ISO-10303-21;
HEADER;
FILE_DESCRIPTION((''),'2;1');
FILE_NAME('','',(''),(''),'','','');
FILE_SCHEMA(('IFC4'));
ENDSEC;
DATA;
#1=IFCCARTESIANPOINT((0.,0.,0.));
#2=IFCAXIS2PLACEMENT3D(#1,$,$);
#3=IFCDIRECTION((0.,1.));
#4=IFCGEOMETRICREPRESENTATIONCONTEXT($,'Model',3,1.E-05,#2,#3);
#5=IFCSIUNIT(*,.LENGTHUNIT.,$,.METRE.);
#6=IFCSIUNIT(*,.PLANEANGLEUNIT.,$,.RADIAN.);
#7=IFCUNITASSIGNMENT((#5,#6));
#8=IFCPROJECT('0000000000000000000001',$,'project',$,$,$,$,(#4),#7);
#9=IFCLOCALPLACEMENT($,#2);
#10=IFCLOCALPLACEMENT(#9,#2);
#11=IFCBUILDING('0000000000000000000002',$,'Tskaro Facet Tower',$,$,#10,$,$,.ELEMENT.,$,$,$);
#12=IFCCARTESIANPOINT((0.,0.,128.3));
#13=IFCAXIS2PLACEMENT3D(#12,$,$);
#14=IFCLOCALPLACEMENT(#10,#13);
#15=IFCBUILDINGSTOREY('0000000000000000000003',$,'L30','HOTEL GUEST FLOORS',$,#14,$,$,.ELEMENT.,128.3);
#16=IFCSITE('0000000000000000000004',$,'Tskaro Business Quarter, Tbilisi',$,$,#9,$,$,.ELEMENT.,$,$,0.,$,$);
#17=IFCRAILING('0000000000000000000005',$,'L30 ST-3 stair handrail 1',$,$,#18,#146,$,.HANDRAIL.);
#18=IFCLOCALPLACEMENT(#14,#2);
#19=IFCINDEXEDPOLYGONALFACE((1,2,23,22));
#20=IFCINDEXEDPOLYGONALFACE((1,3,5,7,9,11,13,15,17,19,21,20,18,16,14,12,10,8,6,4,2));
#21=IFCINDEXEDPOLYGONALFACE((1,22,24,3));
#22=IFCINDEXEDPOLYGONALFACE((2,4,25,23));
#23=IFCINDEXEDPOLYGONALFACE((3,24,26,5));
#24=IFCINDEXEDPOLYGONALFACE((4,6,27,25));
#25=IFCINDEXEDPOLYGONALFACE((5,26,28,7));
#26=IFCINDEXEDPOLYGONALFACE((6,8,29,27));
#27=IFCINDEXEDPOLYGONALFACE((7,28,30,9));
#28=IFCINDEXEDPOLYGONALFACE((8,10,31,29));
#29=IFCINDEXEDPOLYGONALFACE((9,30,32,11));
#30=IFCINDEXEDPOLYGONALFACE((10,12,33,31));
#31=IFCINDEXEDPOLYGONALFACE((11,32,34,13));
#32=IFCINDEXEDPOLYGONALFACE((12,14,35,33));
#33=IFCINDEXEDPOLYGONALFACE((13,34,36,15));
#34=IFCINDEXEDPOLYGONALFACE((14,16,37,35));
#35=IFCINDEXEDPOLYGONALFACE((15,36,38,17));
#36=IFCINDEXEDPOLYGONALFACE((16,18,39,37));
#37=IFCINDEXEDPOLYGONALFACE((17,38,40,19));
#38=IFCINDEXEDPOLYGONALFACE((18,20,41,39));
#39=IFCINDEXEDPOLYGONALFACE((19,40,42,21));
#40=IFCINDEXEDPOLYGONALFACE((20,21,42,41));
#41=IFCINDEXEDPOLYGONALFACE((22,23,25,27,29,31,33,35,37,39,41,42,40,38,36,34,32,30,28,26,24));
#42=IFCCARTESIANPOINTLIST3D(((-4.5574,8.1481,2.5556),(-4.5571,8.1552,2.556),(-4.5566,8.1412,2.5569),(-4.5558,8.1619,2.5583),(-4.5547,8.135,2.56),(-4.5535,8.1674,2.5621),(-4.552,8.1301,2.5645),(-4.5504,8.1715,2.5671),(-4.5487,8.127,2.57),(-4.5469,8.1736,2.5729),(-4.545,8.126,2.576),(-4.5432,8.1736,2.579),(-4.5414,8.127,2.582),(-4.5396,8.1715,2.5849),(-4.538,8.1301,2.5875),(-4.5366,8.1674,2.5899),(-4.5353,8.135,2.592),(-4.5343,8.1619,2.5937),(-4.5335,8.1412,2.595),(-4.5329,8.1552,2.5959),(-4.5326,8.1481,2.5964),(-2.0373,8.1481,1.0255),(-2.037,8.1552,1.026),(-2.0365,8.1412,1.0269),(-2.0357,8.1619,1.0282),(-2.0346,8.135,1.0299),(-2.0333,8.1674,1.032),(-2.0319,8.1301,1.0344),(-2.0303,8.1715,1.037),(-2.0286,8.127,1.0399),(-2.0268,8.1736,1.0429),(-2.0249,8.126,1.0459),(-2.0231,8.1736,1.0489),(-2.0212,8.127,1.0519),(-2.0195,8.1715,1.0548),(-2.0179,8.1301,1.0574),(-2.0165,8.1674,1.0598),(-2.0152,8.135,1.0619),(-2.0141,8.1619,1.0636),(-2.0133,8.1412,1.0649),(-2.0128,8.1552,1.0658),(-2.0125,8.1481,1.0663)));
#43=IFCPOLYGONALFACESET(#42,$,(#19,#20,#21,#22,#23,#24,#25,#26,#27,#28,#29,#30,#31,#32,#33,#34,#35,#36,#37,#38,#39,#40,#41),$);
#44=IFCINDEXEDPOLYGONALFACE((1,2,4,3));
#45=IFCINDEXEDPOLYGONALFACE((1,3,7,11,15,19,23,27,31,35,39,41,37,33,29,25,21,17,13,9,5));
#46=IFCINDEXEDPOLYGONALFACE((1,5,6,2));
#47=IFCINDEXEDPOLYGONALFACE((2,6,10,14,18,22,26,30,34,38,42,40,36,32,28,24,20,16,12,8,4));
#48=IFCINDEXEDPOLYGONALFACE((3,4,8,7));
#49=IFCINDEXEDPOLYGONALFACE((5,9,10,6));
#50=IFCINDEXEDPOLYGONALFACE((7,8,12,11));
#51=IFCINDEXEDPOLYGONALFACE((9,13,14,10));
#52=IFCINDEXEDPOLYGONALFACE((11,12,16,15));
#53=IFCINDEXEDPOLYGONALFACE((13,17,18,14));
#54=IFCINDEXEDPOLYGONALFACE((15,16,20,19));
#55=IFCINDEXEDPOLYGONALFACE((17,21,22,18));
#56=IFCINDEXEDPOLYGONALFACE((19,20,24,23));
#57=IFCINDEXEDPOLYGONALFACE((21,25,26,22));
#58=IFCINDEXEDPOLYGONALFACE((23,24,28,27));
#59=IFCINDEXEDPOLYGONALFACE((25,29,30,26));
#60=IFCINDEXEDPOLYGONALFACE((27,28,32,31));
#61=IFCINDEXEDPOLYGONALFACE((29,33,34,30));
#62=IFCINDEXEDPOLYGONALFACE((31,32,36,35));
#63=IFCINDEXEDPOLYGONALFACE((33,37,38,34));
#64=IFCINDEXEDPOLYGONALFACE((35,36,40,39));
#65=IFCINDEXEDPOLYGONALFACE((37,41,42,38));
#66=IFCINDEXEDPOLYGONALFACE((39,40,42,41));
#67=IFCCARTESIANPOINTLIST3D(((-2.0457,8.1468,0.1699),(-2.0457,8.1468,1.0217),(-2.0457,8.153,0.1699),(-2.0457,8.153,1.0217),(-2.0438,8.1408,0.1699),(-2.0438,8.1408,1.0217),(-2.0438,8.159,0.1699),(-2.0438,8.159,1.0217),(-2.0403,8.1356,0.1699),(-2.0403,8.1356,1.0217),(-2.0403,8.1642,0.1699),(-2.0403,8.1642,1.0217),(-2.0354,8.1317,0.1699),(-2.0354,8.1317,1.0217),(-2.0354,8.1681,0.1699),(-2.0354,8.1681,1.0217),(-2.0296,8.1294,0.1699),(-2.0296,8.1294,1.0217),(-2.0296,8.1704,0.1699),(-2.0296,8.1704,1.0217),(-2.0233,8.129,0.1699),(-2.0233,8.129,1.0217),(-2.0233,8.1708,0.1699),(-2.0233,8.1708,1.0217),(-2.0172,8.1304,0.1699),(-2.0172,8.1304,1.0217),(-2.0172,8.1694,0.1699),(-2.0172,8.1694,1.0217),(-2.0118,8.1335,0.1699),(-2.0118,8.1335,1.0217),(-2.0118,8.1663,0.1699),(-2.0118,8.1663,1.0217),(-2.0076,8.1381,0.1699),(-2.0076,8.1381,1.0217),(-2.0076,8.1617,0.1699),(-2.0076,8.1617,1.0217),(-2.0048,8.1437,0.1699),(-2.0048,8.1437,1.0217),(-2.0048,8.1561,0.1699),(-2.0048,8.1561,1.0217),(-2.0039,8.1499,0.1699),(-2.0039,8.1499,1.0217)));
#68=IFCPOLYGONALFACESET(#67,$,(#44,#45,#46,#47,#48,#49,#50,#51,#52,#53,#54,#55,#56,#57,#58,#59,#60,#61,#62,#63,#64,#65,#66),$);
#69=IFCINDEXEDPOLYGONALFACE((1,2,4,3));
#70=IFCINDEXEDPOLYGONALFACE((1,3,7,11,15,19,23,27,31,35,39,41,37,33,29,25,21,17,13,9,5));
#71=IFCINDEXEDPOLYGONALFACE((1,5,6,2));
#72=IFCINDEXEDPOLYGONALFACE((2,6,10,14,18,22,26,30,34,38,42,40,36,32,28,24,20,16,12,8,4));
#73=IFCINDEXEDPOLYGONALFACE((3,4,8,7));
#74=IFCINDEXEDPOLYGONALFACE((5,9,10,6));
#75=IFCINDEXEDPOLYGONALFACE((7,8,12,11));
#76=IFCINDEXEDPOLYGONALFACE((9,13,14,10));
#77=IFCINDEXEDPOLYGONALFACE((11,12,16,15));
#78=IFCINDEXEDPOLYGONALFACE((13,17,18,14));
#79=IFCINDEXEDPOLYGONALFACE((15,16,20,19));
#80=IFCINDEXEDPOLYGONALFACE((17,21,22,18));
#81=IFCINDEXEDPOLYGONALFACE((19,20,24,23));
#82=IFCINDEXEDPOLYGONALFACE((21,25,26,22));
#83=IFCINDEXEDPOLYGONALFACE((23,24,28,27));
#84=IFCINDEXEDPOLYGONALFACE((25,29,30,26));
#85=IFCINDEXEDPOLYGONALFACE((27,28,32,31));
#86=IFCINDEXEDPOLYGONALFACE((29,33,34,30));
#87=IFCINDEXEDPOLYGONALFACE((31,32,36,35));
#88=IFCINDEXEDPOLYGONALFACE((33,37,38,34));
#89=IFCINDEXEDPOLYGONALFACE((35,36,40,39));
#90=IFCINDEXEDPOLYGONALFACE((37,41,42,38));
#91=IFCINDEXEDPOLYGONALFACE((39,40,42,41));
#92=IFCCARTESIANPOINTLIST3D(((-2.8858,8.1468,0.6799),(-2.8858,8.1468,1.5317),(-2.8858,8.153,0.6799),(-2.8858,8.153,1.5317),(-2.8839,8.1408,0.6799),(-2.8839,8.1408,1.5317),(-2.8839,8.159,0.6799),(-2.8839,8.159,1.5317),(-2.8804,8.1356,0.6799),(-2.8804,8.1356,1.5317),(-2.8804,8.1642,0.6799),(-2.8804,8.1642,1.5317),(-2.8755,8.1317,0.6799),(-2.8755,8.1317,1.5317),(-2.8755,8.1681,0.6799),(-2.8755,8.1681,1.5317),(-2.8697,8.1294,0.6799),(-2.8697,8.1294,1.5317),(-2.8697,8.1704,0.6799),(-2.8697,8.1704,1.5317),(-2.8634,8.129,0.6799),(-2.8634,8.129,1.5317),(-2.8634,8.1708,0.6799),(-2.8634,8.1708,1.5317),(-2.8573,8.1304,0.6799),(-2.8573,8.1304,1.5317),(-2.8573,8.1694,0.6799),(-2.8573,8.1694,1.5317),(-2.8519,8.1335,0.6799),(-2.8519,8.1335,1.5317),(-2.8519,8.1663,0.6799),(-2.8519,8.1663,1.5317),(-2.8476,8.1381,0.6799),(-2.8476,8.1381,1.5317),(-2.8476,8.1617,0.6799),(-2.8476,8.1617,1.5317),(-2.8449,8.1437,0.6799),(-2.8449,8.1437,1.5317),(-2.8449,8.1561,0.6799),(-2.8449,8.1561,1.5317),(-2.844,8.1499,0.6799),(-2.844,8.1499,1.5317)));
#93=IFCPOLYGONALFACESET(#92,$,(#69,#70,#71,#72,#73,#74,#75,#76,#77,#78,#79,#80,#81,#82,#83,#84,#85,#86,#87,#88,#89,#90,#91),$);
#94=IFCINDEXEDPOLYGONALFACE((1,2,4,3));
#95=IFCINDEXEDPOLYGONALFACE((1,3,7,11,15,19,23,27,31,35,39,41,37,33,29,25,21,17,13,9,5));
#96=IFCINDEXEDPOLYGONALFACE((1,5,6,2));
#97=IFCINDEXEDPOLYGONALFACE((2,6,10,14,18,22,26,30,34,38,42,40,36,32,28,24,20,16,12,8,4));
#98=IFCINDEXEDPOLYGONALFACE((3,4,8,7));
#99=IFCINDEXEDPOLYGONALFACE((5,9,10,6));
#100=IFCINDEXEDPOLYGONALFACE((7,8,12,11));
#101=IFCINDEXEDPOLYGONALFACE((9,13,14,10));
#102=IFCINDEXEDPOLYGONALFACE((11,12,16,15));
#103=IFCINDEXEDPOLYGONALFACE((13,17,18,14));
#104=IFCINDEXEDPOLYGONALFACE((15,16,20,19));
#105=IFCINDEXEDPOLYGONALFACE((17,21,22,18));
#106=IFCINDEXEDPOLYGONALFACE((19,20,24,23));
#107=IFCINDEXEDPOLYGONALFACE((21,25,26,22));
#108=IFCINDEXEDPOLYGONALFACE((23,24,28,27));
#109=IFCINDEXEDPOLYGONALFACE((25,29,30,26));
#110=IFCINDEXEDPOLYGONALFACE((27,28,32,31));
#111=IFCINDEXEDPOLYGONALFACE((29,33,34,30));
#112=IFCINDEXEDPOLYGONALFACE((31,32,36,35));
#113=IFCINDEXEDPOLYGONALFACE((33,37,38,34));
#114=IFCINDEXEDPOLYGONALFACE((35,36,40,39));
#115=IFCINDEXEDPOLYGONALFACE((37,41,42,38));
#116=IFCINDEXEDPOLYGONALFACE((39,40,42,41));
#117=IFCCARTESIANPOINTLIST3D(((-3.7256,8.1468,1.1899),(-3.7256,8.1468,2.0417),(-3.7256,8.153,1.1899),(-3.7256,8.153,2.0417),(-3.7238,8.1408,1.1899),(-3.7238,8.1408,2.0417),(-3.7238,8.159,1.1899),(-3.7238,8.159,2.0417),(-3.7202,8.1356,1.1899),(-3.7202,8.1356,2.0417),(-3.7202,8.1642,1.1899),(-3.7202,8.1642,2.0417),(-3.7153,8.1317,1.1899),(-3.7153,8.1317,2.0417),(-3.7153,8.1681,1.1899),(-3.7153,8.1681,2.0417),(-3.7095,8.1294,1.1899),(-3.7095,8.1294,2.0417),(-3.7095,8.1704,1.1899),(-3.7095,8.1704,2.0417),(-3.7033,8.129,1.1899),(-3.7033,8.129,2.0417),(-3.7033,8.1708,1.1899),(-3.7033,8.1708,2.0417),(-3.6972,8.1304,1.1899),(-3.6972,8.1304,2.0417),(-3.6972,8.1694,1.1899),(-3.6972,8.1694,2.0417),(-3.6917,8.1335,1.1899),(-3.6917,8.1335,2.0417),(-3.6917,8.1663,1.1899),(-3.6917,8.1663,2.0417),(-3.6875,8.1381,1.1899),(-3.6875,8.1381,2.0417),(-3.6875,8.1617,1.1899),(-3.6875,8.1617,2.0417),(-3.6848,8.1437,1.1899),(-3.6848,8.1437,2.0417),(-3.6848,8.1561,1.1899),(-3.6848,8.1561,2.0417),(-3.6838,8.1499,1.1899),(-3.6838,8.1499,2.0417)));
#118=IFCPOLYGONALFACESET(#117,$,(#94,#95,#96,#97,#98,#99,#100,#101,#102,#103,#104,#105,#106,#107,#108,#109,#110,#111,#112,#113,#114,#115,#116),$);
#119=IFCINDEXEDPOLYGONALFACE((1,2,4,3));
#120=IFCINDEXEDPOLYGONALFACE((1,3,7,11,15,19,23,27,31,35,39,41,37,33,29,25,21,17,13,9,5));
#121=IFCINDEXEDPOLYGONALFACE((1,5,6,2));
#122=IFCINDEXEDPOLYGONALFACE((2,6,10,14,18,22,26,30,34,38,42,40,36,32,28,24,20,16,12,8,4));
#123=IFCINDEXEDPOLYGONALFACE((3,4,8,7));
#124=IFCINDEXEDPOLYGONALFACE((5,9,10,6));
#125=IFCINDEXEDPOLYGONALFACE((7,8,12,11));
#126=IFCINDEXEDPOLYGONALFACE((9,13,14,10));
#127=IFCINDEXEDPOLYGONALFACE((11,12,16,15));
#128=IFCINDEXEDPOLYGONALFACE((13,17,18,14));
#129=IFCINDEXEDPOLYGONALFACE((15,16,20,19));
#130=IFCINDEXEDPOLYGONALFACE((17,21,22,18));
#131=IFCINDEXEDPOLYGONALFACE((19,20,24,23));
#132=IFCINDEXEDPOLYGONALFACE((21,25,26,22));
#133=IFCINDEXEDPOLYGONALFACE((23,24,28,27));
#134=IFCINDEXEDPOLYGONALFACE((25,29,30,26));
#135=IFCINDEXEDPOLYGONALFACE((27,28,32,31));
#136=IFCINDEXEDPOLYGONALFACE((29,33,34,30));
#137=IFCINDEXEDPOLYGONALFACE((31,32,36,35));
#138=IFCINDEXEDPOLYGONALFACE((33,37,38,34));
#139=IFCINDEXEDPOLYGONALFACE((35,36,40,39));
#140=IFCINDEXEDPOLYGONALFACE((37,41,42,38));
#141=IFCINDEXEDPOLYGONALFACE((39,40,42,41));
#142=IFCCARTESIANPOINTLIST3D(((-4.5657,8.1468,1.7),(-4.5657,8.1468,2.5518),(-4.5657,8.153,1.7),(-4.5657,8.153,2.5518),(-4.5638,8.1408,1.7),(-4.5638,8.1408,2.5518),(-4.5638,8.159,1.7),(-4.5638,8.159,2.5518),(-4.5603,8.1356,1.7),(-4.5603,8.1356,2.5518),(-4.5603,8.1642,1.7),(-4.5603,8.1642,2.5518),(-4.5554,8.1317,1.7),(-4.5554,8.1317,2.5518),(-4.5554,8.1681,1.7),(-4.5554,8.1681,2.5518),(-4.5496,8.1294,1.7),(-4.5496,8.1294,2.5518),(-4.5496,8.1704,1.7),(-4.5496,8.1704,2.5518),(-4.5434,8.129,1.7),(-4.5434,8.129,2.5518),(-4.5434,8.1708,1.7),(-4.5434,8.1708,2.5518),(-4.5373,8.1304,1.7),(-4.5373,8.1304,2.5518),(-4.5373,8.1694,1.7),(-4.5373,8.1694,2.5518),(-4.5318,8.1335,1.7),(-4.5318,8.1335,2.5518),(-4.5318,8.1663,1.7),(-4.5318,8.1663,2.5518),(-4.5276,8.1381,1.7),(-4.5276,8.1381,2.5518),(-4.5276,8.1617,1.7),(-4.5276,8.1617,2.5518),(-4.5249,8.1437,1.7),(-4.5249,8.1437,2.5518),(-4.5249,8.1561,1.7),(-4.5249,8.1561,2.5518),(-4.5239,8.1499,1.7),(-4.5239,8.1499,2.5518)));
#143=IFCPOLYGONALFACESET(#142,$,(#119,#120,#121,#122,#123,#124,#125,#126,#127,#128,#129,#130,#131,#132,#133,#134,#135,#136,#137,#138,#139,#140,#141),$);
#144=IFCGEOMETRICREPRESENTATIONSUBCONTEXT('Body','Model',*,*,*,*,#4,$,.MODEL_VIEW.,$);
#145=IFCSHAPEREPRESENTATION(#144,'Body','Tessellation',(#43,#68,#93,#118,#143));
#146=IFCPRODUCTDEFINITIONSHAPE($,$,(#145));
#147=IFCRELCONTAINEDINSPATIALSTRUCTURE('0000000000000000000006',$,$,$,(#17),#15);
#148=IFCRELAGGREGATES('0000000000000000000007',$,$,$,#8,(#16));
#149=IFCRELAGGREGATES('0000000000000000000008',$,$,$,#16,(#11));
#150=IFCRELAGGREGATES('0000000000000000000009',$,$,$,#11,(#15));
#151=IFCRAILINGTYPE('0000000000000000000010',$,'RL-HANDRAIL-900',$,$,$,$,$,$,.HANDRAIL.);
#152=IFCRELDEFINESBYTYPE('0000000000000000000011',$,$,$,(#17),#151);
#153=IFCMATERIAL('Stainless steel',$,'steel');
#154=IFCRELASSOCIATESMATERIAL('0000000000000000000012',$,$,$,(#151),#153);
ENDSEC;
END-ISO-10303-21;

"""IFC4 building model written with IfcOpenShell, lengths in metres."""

from ifc_helpers import new_model, si_unit, direction, frame, origin, origin_2d, place, context, subcontext, project, spatial, circle, extrude, material, type_object, element, save


model = new_model("IFC4")

# Units and contexts
model_context = context("Model", 3, precision=1e-05, world=origin(), true_north=direction((0.0, 1.0)))
body_context = subcontext(model_context, "Body", "Model", "MODEL_VIEW")
ifc_project = project(units=[si_unit("LENGTHUNIT", "METRE"), si_unit("PLANEANGLEUNIT", "RADIAN")], contexts=[model_context])

# Site, building, storey
site_placement = place(None, origin())
site = spatial("IfcSite", under=ifc_project, at=site_placement, Name="Tskaro Business Quarter, Tbilisi", CompositionType="ELEMENT", RefElevation=0.0)
building_placement = place(site_placement, origin())
building = spatial("IfcBuilding", under=site, at=building_placement, Name="Tskaro Facet Tower", CompositionType="ELEMENT")
storey_placement = place(building_placement, frame((0.0, 0.0, 128.3)))
storey = spatial("IfcBuildingStorey", under=building, at=storey_placement, Name="L30", Description="HOTEL GUEST FLOORS", CompositionType="ELEMENT", Elevation=128.3)

# Railing
ifc_material_1 = material(Name="Stainless steel", Category="steel")
railing_type_1 = type_object("IfcRailingType", Name="RL-HANDRAIL-900", PredefinedType="HANDRAIL", material=ifc_material_1)
railing_1_placement = place(storey_placement, frame((-2.0249, 8.1499, 0.1699)))
element("IfcRailing", 1, at=railing_1_placement, inside=storey, type_object=railing_type_1, Name="L30 ST-3 stair handrail 1", PredefinedType="HANDRAIL", context=body_context, shape_type="SweptSolid", body=[
    extrude(circle(Radius=0.0239, at=origin_2d()), frame((0.0, 0.0, 0.876), z_axis=(-0.854785, 0.0, 0.518982), x_axis=(0.0, -1.0, 0.0)), (0.0, 0.0, 1.0), 2.9482),
    extrude(circle(Radius=0.021, at=origin_2d()), origin(), (0.0, 0.0, 1.0), 0.8518),
    extrude(circle(Radius=0.021, at=origin_2d()), frame((-0.8401, 0.0, 0.51)), (0.0, 0.0, 1.0), 0.8518),
    extrude(circle(Radius=0.021, at=origin_2d()), frame((-1.6799, 0.0, 1.02)), (0.0, 0.0, 1.0), 0.8518),
    extrude(circle(Radius=0.021, at=origin_2d()), frame((-2.52, 0.0, 1.53)), (0.0, 0.0, 1.0), 0.8518),
])

save(model, "model.ifc")
